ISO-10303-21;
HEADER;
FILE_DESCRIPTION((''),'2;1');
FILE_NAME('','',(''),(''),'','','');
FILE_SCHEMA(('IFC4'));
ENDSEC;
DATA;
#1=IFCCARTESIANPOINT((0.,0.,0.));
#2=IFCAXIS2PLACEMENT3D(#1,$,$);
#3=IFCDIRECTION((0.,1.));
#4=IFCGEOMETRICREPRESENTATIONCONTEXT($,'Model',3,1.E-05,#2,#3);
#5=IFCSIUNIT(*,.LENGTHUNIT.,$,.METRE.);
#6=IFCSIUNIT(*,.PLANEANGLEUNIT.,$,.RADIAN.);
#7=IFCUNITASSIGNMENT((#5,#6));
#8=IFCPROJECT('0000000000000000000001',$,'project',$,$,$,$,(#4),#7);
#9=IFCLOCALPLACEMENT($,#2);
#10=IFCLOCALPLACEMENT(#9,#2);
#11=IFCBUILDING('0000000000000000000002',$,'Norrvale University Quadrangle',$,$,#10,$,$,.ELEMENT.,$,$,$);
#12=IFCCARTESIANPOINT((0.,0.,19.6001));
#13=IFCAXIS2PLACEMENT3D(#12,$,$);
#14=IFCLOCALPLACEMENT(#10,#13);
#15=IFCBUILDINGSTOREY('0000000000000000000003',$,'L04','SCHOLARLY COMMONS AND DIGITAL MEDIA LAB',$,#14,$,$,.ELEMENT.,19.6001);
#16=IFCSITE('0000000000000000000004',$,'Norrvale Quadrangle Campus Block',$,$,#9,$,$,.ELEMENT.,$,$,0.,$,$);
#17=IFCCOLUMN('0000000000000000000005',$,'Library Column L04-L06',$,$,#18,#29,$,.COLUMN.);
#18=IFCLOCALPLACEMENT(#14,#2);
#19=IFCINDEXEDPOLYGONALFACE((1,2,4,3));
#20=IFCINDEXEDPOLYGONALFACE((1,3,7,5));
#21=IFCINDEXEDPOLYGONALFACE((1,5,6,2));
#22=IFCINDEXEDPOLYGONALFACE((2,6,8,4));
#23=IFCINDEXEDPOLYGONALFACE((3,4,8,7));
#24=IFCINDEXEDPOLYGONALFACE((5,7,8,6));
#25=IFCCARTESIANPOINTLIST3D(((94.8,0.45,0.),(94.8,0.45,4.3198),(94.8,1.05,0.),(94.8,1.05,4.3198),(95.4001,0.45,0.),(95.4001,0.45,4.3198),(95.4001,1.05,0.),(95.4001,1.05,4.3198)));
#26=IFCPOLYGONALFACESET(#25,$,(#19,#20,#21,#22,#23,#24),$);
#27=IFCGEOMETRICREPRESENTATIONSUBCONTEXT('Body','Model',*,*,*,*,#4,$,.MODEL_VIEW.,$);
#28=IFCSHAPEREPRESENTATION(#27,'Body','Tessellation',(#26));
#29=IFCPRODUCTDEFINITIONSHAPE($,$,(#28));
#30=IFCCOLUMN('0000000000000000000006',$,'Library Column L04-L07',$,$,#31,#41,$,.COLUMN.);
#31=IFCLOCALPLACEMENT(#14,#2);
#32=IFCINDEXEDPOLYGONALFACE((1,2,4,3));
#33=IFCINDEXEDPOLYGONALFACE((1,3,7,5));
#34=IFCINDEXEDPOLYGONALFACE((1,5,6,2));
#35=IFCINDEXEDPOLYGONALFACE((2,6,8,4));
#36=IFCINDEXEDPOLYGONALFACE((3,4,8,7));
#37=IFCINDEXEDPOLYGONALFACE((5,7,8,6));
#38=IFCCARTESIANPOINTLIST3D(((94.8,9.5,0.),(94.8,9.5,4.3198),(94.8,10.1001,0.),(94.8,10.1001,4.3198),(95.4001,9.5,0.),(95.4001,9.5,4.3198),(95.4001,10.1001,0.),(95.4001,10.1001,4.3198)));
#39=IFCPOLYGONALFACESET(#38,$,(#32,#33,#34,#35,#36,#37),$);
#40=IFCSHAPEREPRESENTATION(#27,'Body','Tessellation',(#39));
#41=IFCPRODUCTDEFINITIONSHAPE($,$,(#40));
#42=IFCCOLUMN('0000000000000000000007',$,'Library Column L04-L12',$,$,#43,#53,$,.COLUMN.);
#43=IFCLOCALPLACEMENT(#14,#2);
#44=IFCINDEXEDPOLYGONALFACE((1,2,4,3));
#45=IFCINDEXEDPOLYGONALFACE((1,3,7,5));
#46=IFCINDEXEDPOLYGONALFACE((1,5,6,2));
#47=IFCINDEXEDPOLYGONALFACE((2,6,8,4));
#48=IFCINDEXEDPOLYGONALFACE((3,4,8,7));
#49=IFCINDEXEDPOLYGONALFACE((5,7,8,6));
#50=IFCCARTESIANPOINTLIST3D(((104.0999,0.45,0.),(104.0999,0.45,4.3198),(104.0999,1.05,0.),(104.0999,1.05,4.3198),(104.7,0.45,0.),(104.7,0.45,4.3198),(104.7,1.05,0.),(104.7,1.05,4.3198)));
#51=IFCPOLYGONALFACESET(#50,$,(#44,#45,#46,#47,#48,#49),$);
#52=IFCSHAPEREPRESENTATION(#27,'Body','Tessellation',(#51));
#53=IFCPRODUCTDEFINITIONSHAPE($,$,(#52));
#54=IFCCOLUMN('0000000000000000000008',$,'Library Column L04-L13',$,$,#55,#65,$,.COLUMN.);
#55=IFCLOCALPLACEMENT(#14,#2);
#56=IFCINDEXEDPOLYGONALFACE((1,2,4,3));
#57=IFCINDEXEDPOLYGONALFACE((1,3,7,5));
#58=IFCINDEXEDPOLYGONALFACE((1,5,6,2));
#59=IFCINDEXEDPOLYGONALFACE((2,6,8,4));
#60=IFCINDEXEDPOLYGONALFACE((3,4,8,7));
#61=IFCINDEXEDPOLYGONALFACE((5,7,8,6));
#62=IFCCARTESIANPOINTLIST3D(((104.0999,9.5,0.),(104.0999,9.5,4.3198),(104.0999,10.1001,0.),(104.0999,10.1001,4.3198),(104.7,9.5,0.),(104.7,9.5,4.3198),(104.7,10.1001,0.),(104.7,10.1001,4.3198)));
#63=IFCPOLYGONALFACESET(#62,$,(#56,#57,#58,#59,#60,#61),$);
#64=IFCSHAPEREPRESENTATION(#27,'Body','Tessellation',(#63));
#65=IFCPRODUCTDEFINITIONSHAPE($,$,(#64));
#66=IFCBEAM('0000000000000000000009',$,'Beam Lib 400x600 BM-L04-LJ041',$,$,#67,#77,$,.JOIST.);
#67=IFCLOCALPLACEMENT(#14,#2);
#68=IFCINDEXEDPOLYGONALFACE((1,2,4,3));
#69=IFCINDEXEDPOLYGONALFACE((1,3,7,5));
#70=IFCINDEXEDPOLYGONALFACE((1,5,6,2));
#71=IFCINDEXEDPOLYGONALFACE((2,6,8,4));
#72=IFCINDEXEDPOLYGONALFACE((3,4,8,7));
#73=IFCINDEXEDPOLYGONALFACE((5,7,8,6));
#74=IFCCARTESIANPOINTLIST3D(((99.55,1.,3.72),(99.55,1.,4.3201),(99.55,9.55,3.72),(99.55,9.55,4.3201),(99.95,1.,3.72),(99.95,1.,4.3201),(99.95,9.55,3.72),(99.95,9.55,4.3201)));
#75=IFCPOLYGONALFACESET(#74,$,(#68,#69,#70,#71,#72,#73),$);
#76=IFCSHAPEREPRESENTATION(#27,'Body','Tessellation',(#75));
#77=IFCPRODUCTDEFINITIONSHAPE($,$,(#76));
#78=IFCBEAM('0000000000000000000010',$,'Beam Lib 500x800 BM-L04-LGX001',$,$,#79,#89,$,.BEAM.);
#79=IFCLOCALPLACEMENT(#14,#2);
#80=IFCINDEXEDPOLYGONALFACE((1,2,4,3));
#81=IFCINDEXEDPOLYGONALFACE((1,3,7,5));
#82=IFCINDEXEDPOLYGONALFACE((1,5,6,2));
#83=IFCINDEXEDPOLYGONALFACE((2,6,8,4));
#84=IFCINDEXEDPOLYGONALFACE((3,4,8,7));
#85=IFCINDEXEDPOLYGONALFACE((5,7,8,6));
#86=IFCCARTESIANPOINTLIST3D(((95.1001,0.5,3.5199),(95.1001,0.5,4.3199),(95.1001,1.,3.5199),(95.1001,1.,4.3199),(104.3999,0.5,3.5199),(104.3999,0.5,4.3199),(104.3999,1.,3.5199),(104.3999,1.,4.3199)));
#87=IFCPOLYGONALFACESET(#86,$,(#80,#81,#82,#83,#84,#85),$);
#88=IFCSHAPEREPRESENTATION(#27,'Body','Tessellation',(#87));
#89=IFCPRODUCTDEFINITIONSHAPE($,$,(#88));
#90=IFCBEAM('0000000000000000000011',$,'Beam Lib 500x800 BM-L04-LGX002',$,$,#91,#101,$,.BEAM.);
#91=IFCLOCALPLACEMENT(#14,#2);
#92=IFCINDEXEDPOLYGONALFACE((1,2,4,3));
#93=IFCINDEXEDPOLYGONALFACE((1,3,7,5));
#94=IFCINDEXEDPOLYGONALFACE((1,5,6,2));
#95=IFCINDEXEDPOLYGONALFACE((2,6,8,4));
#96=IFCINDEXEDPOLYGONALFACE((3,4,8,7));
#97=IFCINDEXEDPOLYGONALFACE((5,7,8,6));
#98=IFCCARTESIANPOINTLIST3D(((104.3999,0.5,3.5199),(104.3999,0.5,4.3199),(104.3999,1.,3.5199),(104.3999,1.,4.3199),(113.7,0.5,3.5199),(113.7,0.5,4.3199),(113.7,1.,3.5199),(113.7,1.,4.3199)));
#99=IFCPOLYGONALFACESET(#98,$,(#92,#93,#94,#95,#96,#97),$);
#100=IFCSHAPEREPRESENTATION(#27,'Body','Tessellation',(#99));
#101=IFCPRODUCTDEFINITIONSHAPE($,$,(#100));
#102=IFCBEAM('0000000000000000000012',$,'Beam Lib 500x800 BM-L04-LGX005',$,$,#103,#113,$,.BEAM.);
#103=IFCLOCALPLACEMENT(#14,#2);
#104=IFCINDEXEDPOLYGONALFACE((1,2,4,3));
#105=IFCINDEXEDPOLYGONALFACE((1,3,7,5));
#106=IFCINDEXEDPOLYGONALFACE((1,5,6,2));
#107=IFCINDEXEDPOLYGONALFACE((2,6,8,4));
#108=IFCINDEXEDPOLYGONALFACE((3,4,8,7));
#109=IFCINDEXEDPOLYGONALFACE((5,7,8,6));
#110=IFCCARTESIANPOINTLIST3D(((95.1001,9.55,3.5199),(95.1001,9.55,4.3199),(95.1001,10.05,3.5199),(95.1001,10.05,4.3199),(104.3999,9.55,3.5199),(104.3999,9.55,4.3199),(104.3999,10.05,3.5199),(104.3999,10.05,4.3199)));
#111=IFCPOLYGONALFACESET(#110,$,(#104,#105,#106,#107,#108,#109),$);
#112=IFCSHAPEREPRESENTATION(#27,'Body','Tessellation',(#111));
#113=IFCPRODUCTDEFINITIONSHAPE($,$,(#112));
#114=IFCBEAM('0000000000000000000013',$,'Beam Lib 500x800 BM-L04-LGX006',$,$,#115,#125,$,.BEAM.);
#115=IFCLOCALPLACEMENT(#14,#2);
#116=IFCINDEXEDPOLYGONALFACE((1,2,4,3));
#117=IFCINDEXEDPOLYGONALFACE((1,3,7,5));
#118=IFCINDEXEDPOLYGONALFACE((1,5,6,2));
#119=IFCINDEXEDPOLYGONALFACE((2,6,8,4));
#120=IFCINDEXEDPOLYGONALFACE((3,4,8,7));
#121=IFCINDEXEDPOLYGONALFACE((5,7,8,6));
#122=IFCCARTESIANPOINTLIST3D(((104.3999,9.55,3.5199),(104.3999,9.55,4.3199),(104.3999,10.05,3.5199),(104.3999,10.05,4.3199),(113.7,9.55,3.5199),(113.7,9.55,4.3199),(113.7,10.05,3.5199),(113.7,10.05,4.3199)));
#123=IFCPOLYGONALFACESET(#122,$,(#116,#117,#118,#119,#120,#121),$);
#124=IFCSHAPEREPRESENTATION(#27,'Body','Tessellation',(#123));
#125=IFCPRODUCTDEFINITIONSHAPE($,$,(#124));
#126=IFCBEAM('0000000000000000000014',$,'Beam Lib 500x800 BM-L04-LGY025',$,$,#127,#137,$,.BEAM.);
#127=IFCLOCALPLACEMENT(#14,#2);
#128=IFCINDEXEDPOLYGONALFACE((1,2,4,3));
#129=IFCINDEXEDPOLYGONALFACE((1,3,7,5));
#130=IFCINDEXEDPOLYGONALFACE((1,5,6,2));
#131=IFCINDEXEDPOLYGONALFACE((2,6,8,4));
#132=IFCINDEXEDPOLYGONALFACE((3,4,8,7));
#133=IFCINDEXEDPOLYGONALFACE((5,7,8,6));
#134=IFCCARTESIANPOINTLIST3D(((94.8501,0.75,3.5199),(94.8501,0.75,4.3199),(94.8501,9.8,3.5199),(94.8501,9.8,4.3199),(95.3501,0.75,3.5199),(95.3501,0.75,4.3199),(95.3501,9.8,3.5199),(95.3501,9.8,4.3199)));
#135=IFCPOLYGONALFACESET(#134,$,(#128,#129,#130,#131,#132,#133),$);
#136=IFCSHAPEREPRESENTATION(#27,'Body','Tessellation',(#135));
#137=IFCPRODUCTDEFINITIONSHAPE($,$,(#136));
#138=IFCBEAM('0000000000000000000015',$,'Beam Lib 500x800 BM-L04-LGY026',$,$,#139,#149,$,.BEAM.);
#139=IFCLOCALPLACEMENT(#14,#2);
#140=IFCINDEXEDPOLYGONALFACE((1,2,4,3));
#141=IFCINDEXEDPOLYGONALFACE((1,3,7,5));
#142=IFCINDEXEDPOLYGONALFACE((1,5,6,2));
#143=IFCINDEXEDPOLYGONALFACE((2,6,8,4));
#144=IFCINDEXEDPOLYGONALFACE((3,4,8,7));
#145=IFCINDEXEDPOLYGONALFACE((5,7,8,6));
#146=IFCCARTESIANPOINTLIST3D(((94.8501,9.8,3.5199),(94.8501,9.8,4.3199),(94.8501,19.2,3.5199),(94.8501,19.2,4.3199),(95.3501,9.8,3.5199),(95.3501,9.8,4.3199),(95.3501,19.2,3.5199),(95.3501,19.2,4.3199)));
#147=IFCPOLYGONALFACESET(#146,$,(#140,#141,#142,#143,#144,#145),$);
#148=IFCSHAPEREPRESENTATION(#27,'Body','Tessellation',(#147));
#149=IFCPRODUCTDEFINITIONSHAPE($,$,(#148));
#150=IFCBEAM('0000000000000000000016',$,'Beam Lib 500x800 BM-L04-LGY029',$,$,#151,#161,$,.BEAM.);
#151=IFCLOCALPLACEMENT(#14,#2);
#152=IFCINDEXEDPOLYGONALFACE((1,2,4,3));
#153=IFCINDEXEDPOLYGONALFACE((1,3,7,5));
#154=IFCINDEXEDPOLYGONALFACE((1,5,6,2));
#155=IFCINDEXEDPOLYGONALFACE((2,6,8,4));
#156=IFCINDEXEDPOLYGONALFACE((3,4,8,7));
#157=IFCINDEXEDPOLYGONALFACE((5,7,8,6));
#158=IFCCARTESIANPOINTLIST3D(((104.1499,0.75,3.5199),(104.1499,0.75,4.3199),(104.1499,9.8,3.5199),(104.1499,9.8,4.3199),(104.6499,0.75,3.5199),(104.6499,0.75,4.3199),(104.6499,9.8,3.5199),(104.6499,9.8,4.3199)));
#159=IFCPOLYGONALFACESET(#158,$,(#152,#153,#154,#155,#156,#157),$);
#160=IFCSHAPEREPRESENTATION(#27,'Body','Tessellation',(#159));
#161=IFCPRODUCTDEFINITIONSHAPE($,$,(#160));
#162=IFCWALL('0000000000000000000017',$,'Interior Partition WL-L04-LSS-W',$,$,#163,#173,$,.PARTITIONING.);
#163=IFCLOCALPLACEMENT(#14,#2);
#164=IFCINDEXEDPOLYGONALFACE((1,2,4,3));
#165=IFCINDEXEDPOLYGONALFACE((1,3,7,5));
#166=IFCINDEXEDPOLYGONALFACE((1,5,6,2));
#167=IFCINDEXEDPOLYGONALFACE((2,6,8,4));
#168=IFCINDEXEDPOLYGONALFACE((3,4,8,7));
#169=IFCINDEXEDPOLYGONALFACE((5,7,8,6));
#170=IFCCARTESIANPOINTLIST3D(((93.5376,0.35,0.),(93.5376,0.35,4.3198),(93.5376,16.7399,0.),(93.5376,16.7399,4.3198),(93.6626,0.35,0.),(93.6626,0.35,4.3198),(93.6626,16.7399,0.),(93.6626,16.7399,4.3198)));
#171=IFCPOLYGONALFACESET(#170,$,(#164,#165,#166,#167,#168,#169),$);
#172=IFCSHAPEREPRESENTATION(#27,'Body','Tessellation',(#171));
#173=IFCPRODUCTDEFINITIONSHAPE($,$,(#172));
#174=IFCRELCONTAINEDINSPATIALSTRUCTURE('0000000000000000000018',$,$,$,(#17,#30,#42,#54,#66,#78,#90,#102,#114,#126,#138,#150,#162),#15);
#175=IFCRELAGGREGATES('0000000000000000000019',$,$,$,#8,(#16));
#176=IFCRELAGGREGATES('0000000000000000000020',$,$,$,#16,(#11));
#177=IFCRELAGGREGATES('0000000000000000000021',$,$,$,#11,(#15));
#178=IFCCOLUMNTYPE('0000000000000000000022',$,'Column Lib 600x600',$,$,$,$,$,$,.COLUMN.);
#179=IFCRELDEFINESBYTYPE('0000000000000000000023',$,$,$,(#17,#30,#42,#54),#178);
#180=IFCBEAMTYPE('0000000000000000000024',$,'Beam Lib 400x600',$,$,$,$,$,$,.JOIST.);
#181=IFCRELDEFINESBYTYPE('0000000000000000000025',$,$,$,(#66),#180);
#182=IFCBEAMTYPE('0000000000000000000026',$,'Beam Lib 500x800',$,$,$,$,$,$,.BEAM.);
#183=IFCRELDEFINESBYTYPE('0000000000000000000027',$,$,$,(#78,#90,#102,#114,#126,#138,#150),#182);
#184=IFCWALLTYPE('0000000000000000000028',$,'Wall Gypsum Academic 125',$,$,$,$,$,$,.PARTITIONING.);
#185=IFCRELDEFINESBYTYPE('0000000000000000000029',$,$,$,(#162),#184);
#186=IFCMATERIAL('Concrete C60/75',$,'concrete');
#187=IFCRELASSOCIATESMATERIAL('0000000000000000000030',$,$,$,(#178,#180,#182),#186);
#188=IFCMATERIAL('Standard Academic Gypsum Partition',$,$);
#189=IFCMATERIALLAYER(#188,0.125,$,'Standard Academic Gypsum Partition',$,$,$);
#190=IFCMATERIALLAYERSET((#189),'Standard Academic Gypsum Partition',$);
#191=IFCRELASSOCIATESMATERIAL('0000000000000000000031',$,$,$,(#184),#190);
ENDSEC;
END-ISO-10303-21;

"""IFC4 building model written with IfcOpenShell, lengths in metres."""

from ifc_helpers import new_model, si_unit, direction, frame, frame_2d, origin, origin_2d, place, context, subcontext, project, spatial, rectangle, extrude, material, layer, layer_set, material_profile, profile_set, type_object, element, save


model = new_model("IFC4")

# Units and contexts
model_context = context("Model", 3, precision=1e-05, world=origin(), true_north=direction((0.0, 1.0)))
body_context = subcontext(model_context, "Body", "Model", "MODEL_VIEW")
ifc_project = project(units=[si_unit("LENGTHUNIT", "METRE"), si_unit("PLANEANGLEUNIT", "RADIAN")], contexts=[model_context])

# Site, building, storey
site_placement = place(None, origin())
site = spatial("IfcSite", under=ifc_project, at=site_placement, Name="Norrvale Quadrangle Campus Block", CompositionType="ELEMENT", RefElevation=0.0)
building_placement = place(site_placement, origin())
building = spatial("IfcBuilding", under=site, at=building_placement, Name="Norrvale University Quadrangle", CompositionType="ELEMENT")
storey_placement = place(building_placement, frame((0.0, 0.0, 19.6001)))
storey = spatial("IfcBuildingStorey", under=building, at=storey_placement, Name="L04", Description="SCHOLARLY COMMONS AND DIGITAL MEDIA LAB", CompositionType="ELEMENT", Elevation=19.6001)

# Columns
ifc_material_1 = material(Name="Concrete C60/75", Category="concrete")
ifc_material_profile_1 = material_profile(ifc_material_1, rectangle(XDim=0.6001, YDim=0.6001, at=origin_2d()), Name="Concrete C60/75")
ifc_profile_set_1 = profile_set([ifc_material_profile_1], Name="Concrete C60/75")
column_type = type_object("IfcColumnType", Name="Column Lib 600x600", PredefinedType="COLUMN", material=ifc_profile_set_1)
for number, where, z_axis, x_axis, name in (
    (1, (95.1001, 0.75, 0.0), (0.0, 0.0, 1.0), (1.0, 0.0, 0.0), "Library Column L04-L06"),
    (2, (95.1001, 9.8, 0.0), (0.0, 0.0, 1.0), (1.0, 0.0, 0.0), "Library Column L04-L07"),
    (3, (104.3999, 0.75, 0.0), (0.0, 0.0, 1.0), (1.0, 0.0, 0.0), "Library Column L04-L12"),
    (4, (104.3999, 9.8, 0.0), (0.0, 0.0, 1.0), (1.0, 0.0, 0.0), "Library Column L04-L13"),
):
    element("IfcColumn", number, at=place(storey_placement, frame(where, z_axis=z_axis, x_axis=x_axis)), inside=storey, type_object=column_type, Name=name, PredefinedType="COLUMN", context=body_context, shape_type="SweptSolid", body=[
        extrude(rectangle(XDim=0.6001, YDim=0.6001, at=origin_2d()), origin(), (0.0, 0.0, 1.0), 4.3198),
    ])

# Beams
ifc_material_profile_2 = material_profile(ifc_material_1, rectangle(XDim=0.3999, YDim=0.6001, at=origin_2d()), Name="Concrete C60/75")
ifc_profile_set_2 = profile_set([ifc_material_profile_2], Name="Concrete C60/75")
beam_type_1 = type_object("IfcBeamType", Name="Beam Lib 400x600", PredefinedType="JOIST", material=ifc_profile_set_2)
beam_1_placement = place(storey_placement, frame((99.75, 1.0, 4.02), z_axis=(0.0, 1.0, 0.0), x_axis=(-1.0, 0.0, 0.0)))
element("IfcBeam", 5, at=beam_1_placement, inside=storey, type_object=beam_type_1, Name="Beam Lib 400x600 BM-L04-LJ041", PredefinedType="JOIST", context=body_context, shape_type="SweptSolid", body=[
    extrude(rectangle(XDim=0.3999, YDim=0.6001, at=origin_2d()), origin(), (0.0, 0.0, 1.0), 8.55),
])
ifc_material_profile_3 = material_profile(ifc_material_1, rectangle(XDim=0.5, YDim=0.8, at=origin_2d()), Name="Concrete C60/75")
ifc_profile_set_3 = profile_set([ifc_material_profile_3], Name="Concrete C60/75")
beam_type_2 = type_object("IfcBeamType", Name="Beam Lib 500x800", PredefinedType="BEAM", material=ifc_profile_set_3)
beam_2_placement = place(storey_placement, frame((95.1001, 0.75, 3.9199), z_axis=(1.0, 0.0, 0.0), x_axis=(0.0, 1.0, 0.0)))
element("IfcBeam", 6, at=beam_2_placement, inside=storey, type_object=beam_type_2, Name="Beam Lib 500x800 BM-L04-LGX001", PredefinedType="BEAM", context=body_context, shape_type="SweptSolid", body=[
    extrude(rectangle(XDim=0.5, YDim=0.8, at=origin_2d()), origin(), (0.0, 0.0, 1.0), 9.2998),
])
beam_3_placement = place(storey_placement, frame((104.3999, 0.75, 3.9199), z_axis=(1.0, 0.0, 0.0), x_axis=(0.0, 1.0, 0.0)))
element("IfcBeam", 7, at=beam_3_placement, inside=storey, type_object=beam_type_2, Name="Beam Lib 500x800 BM-L04-LGX002", PredefinedType="BEAM", context=body_context, shape_type="SweptSolid", body=[
    extrude(rectangle(XDim=0.5, YDim=0.8, at=origin_2d()), origin(), (0.0, 0.0, 1.0), 9.3),
])
beam_4_placement = place(storey_placement, frame((95.1001, 9.8, 3.9199), z_axis=(1.0, 0.0, 0.0), x_axis=(0.0, 1.0, 0.0)))
element("IfcBeam", 8, at=beam_4_placement, inside=storey, type_object=beam_type_2, Name="Beam Lib 500x800 BM-L04-LGX005", PredefinedType="BEAM", context=body_context, shape_type="SweptSolid", body=[
    extrude(rectangle(XDim=0.5, YDim=0.8, at=origin_2d()), origin(), (0.0, 0.0, 1.0), 9.2998),
])
beam_5_placement = place(storey_placement, frame((104.3999, 9.8, 3.9199), z_axis=(1.0, 0.0, 0.0), x_axis=(0.0, 1.0, 0.0)))
element("IfcBeam", 9, at=beam_5_placement, inside=storey, type_object=beam_type_2, Name="Beam Lib 500x800 BM-L04-LGX006", PredefinedType="BEAM", context=body_context, shape_type="SweptSolid", body=[
    extrude(rectangle(XDim=0.5, YDim=0.8, at=origin_2d()), origin(), (0.0, 0.0, 1.0), 9.3),
])
beam_6_placement = place(storey_placement, frame((95.1001, 0.75, 3.9199), z_axis=(0.0, 1.0, 0.0), x_axis=(-1.0, 0.0, 0.0)))
element("IfcBeam", 10, at=beam_6_placement, inside=storey, type_object=beam_type_2, Name="Beam Lib 500x800 BM-L04-LGY025", PredefinedType="BEAM", context=body_context, shape_type="SweptSolid", body=[
    extrude(rectangle(XDim=0.5, YDim=0.8, at=origin_2d()), origin(), (0.0, 0.0, 1.0), 9.05),
])
beam_7_placement = place(storey_placement, frame((95.1001, 9.8, 3.9199), z_axis=(0.0, 1.0, 0.0), x_axis=(-1.0, 0.0, 0.0)))
element("IfcBeam", 11, at=beam_7_placement, inside=storey, type_object=beam_type_2, Name="Beam Lib 500x800 BM-L04-LGY026", PredefinedType="BEAM", context=body_context, shape_type="SweptSolid", body=[
    extrude(rectangle(XDim=0.5, YDim=0.8, at=origin_2d()), origin(), (0.0, 0.0, 1.0), 9.3999),
])
beam_8_placement = place(storey_placement, frame((104.3999, 0.75, 3.9199), z_axis=(0.0, 1.0, 0.0), x_axis=(-1.0, 0.0, 0.0)))
element("IfcBeam", 12, at=beam_8_placement, inside=storey, type_object=beam_type_2, Name="Beam Lib 500x800 BM-L04-LGY029", PredefinedType="BEAM", context=body_context, shape_type="SweptSolid", body=[
    extrude(rectangle(XDim=0.5, YDim=0.8, at=origin_2d()), origin(), (0.0, 0.0, 1.0), 9.05),
])

# Wall
ifc_material_2 = material(Name="Standard Academic Gypsum Partition")
ifc_layer_1 = layer(ifc_material_2, 0.125, Name="Standard Academic Gypsum Partition")
ifc_layer_set_1 = layer_set([ifc_layer_1], Name="Standard Academic Gypsum Partition")
wall_type_1 = type_object("IfcWallType", Name="Wall Gypsum Academic 125", PredefinedType="PARTITIONING", material=ifc_layer_set_1)
wall_1_placement = place(storey_placement, frame((93.6001, 0.3501, 0.0), z_axis=(0.0, 0.0, 1.0), x_axis=(0.0, 1.0, 0.0)))
element("IfcWall", 13, at=wall_1_placement, inside=storey, type_object=wall_type_1, Name="Interior Partition WL-L04-LSS-W", PredefinedType="PARTITIONING", context=body_context, shape_type="SweptSolid", body=[
    extrude(rectangle(XDim=16.3899, YDim=0.125, at=frame_2d((8.1948, 0.0))), origin(), (0.0, 0.0, 1.0), 4.3198),
])

save(model, "model.ifc")
